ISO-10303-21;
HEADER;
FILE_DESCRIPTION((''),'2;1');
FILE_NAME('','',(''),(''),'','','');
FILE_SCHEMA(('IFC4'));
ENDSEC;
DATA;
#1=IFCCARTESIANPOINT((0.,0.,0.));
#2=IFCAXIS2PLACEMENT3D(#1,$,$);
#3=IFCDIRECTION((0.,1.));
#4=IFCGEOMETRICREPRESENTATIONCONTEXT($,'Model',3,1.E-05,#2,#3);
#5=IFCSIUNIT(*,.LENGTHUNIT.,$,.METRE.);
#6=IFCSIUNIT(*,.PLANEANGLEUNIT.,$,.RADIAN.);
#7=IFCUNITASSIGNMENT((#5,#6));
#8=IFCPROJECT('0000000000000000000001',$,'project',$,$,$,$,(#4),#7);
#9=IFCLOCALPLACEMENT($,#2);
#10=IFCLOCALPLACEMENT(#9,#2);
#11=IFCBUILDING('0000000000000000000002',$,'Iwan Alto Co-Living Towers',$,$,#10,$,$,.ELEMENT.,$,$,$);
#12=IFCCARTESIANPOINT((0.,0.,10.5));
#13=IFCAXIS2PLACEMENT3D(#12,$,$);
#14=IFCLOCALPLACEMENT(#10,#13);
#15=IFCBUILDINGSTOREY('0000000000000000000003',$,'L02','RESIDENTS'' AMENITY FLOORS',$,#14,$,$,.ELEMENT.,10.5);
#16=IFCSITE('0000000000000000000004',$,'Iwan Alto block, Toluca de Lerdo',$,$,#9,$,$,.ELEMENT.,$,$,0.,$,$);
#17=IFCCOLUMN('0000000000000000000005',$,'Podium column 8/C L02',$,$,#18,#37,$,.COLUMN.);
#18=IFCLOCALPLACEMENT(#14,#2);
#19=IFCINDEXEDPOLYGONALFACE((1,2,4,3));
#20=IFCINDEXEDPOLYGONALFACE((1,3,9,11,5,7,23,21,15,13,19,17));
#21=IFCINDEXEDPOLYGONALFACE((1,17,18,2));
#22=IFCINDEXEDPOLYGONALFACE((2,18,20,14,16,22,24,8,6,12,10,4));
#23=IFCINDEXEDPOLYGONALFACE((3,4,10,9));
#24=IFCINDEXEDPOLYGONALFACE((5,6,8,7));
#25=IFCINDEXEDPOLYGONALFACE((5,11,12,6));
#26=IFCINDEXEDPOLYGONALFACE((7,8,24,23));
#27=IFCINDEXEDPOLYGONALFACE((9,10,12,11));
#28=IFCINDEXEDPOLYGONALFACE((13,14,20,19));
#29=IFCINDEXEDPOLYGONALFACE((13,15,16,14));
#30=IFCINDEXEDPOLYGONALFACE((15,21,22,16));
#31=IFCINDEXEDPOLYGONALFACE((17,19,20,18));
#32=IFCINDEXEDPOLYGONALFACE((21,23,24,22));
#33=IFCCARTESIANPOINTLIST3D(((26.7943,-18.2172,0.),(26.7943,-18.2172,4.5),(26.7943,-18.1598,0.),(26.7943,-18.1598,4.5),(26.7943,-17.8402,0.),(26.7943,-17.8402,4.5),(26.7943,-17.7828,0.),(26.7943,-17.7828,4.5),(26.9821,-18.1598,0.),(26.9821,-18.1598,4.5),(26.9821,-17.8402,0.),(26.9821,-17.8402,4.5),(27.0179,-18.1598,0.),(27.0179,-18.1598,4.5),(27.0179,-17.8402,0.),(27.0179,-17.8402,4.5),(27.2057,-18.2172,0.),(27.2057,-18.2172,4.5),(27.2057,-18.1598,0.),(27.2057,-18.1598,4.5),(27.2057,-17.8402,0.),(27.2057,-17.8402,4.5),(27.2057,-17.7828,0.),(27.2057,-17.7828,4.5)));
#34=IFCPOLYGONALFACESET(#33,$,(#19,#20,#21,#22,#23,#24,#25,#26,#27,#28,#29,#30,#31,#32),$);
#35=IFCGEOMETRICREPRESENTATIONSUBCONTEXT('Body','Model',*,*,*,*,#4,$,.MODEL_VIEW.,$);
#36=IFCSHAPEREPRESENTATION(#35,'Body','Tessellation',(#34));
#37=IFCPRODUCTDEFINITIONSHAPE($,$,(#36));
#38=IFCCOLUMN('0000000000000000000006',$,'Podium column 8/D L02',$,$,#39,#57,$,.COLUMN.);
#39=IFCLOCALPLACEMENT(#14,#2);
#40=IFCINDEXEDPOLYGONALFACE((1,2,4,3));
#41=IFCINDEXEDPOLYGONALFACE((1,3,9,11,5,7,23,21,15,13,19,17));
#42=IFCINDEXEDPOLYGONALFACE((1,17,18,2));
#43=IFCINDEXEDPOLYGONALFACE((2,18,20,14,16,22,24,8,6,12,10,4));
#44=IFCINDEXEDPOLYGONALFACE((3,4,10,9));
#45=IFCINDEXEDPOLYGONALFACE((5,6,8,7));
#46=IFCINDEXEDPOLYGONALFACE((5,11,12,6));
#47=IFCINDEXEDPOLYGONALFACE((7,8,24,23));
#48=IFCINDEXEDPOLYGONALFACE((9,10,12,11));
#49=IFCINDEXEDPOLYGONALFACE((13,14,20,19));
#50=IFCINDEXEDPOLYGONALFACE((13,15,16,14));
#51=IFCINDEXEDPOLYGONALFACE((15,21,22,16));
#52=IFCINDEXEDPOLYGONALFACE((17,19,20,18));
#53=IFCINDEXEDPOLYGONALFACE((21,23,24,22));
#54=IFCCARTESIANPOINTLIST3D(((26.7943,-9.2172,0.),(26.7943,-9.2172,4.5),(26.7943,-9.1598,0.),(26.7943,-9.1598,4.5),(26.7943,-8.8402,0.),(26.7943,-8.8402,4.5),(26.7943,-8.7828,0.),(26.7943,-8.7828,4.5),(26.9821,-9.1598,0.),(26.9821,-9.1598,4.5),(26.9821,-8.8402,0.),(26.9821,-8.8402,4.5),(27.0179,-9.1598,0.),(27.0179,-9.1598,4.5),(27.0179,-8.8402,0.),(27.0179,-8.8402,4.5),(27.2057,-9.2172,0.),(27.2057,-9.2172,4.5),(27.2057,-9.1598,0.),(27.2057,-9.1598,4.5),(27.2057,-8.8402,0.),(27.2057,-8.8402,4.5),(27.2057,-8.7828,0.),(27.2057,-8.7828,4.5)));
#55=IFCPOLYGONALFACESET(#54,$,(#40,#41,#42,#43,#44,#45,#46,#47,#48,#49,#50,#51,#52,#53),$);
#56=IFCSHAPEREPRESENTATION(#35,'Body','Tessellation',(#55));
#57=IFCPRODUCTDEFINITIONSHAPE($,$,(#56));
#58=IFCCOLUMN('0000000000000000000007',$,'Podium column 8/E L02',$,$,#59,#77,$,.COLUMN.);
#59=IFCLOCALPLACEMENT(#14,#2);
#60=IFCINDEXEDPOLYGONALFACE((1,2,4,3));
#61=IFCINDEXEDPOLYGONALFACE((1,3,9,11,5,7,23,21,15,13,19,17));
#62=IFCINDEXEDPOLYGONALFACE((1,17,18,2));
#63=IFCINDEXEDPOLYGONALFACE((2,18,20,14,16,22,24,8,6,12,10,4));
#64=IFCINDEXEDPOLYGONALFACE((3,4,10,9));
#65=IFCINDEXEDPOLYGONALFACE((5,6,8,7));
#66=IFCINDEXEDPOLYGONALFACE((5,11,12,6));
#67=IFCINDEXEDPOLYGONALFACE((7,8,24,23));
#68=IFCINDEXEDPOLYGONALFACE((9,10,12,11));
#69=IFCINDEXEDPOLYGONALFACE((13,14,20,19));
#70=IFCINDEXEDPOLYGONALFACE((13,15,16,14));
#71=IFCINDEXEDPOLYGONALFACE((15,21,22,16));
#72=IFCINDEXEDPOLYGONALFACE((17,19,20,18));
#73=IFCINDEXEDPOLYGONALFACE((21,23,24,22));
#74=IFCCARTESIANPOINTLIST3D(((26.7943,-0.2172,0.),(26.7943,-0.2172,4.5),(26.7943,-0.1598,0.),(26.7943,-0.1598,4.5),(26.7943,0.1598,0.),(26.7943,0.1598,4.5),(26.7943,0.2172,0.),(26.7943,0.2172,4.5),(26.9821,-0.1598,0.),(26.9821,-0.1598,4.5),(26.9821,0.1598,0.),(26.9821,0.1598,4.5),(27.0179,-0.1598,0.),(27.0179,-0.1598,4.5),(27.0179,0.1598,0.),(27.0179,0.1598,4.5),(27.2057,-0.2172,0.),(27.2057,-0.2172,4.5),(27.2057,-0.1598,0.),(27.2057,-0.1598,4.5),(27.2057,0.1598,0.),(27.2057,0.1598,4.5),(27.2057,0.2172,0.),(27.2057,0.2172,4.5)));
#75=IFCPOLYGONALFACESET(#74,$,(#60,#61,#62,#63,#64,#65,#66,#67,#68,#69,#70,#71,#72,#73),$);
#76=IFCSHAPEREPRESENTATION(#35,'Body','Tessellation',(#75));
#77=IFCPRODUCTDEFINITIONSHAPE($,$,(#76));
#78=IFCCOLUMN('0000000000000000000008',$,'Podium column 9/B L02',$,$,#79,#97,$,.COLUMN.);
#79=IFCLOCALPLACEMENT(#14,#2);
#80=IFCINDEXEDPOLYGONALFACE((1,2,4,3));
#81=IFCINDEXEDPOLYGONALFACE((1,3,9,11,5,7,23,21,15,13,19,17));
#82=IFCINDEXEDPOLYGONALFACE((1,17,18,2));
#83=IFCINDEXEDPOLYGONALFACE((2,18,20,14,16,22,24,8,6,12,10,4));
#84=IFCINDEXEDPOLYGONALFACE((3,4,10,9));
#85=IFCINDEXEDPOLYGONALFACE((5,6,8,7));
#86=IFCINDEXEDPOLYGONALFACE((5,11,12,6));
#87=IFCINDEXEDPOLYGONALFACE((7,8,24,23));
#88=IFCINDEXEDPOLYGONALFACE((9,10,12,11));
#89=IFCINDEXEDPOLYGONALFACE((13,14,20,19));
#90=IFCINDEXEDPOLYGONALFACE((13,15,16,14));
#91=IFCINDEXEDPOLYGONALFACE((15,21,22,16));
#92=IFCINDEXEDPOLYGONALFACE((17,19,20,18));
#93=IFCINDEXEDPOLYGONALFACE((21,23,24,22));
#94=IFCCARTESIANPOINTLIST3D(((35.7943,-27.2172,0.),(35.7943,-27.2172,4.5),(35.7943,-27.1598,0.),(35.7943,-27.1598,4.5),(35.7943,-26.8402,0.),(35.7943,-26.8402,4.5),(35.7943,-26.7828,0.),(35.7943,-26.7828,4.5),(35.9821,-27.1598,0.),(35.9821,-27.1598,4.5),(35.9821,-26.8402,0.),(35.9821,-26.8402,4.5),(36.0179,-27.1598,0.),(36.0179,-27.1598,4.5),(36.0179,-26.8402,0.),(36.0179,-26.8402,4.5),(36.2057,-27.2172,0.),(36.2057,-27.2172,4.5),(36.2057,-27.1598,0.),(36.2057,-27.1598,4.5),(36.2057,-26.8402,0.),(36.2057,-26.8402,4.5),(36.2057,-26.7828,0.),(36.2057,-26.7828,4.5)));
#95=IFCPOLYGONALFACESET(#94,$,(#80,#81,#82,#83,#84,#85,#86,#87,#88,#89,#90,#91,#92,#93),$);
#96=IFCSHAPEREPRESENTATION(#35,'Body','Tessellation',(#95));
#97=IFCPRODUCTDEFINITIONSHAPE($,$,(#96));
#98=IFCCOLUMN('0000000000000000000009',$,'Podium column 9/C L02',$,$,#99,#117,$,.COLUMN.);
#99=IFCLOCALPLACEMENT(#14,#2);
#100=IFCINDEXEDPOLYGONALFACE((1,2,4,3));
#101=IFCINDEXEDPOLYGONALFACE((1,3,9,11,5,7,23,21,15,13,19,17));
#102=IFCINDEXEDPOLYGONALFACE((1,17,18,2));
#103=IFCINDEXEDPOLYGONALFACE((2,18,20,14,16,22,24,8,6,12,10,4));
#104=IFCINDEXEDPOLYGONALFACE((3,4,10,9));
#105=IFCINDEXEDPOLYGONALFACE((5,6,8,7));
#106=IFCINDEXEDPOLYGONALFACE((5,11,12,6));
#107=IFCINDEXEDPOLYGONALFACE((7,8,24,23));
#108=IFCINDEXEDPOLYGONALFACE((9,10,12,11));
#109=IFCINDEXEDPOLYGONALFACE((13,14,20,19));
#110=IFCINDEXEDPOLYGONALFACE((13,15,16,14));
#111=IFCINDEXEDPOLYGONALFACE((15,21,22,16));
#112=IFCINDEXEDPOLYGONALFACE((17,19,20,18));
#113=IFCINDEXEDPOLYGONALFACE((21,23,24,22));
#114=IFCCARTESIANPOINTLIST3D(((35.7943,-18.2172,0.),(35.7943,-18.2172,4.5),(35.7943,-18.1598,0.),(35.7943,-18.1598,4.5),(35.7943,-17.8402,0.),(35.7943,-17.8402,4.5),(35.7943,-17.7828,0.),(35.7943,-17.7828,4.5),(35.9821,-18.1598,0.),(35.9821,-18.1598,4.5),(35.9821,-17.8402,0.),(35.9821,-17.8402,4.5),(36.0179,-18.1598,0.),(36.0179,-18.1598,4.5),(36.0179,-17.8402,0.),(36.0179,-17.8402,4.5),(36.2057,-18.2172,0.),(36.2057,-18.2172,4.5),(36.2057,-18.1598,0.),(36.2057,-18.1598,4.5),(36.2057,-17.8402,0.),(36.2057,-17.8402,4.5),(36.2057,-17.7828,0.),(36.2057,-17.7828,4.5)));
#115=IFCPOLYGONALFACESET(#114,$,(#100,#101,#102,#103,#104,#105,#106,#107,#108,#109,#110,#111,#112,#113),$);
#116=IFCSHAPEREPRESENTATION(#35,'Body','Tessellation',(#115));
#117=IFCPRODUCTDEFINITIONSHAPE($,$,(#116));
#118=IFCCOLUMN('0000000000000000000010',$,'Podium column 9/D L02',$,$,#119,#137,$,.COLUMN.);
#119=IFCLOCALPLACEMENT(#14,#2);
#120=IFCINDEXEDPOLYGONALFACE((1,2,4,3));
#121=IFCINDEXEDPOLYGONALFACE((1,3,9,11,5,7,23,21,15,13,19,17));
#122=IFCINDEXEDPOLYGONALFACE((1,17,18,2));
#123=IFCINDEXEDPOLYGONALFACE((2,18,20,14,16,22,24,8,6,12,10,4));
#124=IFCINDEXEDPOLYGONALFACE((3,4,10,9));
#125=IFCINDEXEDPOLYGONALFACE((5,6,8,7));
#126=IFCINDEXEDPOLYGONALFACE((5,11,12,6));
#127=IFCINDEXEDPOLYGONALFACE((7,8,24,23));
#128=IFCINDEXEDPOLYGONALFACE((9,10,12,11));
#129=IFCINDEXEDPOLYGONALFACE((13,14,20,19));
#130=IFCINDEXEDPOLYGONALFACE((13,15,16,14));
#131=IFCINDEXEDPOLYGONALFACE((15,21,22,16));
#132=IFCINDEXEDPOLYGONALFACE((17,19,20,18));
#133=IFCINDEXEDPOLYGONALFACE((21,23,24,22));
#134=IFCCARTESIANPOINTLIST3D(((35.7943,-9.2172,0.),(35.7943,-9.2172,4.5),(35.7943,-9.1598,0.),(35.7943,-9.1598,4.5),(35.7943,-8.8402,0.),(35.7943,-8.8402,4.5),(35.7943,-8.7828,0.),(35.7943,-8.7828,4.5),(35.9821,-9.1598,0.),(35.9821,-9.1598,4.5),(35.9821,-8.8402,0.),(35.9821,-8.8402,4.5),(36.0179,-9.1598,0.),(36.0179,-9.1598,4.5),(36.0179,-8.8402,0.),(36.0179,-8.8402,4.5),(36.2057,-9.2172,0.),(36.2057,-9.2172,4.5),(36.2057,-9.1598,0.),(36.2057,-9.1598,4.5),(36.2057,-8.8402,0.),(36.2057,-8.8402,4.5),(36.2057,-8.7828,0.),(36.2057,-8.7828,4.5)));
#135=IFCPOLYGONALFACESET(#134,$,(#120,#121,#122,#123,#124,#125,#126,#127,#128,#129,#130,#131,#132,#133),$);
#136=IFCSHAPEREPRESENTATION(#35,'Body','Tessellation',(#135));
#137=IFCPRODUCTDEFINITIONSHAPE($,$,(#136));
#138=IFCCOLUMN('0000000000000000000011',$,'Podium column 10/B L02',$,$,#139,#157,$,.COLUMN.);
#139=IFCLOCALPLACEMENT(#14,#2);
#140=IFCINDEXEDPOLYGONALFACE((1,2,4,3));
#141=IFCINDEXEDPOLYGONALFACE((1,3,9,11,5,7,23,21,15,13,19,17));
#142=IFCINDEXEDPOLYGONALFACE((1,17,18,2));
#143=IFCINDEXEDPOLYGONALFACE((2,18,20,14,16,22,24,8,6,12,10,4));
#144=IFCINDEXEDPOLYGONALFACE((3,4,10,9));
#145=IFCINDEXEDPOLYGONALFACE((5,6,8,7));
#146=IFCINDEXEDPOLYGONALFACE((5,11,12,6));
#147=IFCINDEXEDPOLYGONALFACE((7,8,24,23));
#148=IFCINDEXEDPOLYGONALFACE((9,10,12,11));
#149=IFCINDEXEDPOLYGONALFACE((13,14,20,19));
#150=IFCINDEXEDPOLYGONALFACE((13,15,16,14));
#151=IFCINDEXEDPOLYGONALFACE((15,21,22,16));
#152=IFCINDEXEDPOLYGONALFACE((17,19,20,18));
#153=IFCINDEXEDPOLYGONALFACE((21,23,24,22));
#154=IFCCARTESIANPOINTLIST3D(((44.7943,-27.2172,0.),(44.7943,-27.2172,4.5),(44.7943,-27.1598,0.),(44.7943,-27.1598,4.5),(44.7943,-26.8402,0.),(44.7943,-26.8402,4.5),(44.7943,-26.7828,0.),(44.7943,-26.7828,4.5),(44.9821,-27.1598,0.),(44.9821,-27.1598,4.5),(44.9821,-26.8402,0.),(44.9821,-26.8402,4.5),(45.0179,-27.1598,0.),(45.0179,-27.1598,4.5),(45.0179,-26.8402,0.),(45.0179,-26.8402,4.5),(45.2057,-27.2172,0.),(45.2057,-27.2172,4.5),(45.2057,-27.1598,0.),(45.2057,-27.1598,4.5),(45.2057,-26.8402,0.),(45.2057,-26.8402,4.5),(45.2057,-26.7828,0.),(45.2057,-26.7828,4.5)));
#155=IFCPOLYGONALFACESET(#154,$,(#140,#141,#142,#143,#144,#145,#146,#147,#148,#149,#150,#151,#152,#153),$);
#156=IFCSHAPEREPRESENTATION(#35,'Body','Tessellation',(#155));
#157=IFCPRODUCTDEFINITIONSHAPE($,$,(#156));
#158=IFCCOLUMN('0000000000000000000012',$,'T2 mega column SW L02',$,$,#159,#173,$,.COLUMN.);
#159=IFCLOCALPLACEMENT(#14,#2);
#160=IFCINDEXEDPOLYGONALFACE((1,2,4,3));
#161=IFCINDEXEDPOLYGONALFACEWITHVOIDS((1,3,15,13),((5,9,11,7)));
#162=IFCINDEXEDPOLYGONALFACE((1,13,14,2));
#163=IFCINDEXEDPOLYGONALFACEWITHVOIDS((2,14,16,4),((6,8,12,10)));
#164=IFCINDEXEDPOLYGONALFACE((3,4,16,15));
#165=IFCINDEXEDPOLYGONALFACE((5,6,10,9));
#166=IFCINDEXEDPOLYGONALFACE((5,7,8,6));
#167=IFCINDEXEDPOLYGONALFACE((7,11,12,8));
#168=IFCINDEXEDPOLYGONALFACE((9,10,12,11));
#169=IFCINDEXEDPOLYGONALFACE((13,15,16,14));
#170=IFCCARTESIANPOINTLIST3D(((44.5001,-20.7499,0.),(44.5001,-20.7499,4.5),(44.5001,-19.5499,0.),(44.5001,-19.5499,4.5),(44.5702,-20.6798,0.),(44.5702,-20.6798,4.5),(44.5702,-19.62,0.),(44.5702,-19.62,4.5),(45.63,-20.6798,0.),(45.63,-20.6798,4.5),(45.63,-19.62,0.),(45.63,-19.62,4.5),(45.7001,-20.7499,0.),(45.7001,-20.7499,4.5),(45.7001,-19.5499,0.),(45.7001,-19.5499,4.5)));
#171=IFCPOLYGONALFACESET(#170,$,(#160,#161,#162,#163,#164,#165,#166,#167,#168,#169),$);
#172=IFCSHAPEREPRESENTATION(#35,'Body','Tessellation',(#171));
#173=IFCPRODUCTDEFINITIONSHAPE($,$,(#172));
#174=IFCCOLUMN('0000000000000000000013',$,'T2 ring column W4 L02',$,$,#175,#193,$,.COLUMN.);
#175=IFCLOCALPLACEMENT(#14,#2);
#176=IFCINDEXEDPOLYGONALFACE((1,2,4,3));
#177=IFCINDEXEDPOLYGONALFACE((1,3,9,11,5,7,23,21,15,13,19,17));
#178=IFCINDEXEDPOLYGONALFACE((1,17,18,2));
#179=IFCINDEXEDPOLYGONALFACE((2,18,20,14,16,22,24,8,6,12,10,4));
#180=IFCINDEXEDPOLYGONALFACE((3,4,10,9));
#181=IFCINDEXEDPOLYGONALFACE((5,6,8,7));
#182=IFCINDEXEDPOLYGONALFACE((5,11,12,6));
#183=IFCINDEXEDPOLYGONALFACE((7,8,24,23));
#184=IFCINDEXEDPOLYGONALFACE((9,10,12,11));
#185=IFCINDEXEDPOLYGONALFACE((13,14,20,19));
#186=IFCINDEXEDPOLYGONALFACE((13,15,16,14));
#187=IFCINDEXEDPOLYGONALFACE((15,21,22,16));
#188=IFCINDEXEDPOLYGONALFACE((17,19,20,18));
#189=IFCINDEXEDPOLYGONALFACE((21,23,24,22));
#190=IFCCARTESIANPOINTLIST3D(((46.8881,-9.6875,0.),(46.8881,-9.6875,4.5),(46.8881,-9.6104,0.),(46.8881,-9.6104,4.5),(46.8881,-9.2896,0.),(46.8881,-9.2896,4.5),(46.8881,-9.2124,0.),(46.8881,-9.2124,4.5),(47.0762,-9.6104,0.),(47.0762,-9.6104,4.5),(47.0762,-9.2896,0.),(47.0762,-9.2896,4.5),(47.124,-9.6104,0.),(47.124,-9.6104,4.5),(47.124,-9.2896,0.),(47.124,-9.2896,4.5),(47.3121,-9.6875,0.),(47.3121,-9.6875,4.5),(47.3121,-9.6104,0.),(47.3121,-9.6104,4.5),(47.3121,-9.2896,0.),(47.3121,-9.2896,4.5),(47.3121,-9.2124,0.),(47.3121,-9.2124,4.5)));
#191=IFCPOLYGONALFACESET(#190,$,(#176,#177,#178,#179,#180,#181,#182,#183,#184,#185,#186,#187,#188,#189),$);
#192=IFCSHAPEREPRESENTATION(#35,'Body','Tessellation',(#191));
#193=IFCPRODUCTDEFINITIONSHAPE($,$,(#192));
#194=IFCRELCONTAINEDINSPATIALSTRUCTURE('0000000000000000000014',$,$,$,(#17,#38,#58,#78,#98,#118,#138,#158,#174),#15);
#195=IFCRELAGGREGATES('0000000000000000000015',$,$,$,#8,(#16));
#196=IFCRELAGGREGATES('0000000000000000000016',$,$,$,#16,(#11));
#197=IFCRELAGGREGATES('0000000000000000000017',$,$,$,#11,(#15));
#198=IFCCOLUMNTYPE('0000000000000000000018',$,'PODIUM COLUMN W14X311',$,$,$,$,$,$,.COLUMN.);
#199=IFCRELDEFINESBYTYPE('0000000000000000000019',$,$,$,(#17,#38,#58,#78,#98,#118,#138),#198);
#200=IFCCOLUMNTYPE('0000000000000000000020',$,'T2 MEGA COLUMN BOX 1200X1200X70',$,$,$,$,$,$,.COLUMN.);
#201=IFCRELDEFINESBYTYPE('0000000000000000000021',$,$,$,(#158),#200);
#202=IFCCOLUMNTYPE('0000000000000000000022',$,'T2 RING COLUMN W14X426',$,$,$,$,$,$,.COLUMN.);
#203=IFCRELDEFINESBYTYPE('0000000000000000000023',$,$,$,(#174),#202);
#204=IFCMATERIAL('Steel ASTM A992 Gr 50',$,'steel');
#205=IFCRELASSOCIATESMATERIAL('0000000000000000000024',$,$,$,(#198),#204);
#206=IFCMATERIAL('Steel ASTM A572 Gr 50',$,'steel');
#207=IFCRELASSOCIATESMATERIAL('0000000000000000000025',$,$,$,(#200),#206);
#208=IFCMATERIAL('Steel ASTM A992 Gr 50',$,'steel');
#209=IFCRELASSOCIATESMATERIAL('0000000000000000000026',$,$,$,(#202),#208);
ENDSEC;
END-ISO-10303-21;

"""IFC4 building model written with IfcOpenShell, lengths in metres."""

from ifc_helpers import new_model, si_unit, direction, frame, origin, origin_2d, place, context, subcontext, project, spatial, hollow_rectangle, i_section, extrude, material, material_profile, profile_set, type_object, element, save


model = new_model("IFC4")

# Units and contexts
model_context = context("Model", 3, precision=1e-05, world=origin(), true_north=direction((0.0, 1.0)))
body_context = subcontext(model_context, "Body", "Model", "MODEL_VIEW")
ifc_project = project(units=[si_unit("LENGTHUNIT", "METRE"), si_unit("PLANEANGLEUNIT", "RADIAN")], contexts=[model_context])

# Site, building, storey
site_placement = place(None, origin())
site = spatial("IfcSite", under=ifc_project, at=site_placement, Name="Iwan Alto block, Toluca de Lerdo", CompositionType="ELEMENT", RefElevation=0.0)
building_placement = place(site_placement, origin())
building = spatial("IfcBuilding", under=site, at=building_placement, Name="Iwan Alto Co-Living Towers", CompositionType="ELEMENT")
storey_placement = place(building_placement, frame((0.0, 0.0, 10.5)))
storey = spatial("IfcBuildingStorey", under=building, at=storey_placement, Name="L02", Description="RESIDENTS' AMENITY FLOORS", CompositionType="ELEMENT", Elevation=10.5)

# Columns
ifc_material_1 = material(Name="Steel ASTM A992 Gr 50", Category="steel")
ifc_material_profile_1 = material_profile(ifc_material_1, i_section(OverallWidth=0.4114, OverallDepth=0.4343, WebThickness=0.0359, FlangeThickness=0.0574, at=origin_2d()), Name="W14X311")
ifc_profile_set_1 = profile_set([ifc_material_profile_1], Name="Steel ASTM A992 Gr 50")
column_type_1 = type_object("IfcColumnType", Name="PODIUM COLUMN W14X311", PredefinedType="COLUMN", material=ifc_profile_set_1)
for number, where, z_axis, x_axis, name in (
    (1, (27.0, -18.0, 0.0), (0.0, 0.0, 1.0), (1.0, 0.0, 0.0), "Podium column 8/C L02"),
    (2, (27.0, -9.0, 0.0), (0.0, 0.0, 1.0), (1.0, 0.0, 0.0), "Podium column 8/D L02"),
    (3, (27.0, 0.0, 0.0), (0.0, 0.0, 1.0), (1.0, 0.0, 0.0), "Podium column 8/E L02"),
    (4, (36.0, -27.0, 0.0), (0.0, 0.0, 1.0), (1.0, 0.0, 0.0), "Podium column 9/B L02"),
    (5, (36.0, -18.0, 0.0), (0.0, 0.0, 1.0), (1.0, 0.0, 0.0), "Podium column 9/C L02"),
    (6, (36.0, -9.0, 0.0), (0.0, 0.0, 1.0), (1.0, 0.0, 0.0), "Podium column 9/D L02"),
    (7, (45.0, -27.0, 0.0), (0.0, 0.0, 1.0), (1.0, 0.0, 0.0), "Podium column 10/B L02"),
):
    element("IfcColumn", number, at=place(storey_placement, frame(where, z_axis=z_axis, x_axis=x_axis)), inside=storey, type_object=column_type_1, Name=name, PredefinedType="COLUMN", context=body_context, shape_type="SweptSolid", body=[
        extrude(i_section(OverallWidth=0.4114, OverallDepth=0.4343, WebThickness=0.0359, FlangeThickness=0.0574, at=origin_2d()), origin(), (0.0, 0.0, 1.0), 4.5),
    ])
ifc_material_2 = material(Name="Steel ASTM A572 Gr 50", Category="steel")
ifc_material_profile_2 = material_profile(ifc_material_2, hollow_rectangle(XDim=1.2, YDim=1.2, WallThickness=0.0701, at=origin_2d()), Name="BOX 1200X1200X70")
ifc_profile_set_2 = profile_set([ifc_material_profile_2], Name="Steel ASTM A572 Gr 50")
column_type_2 = type_object("IfcColumnType", Name="T2 MEGA COLUMN BOX 1200X1200X70", PredefinedType="COLUMN", material=ifc_profile_set_2)
column_1_placement = place(storey_placement, frame((45.1001, -20.1499, 0.0), z_axis=(0.0, 0.0, 1.0), x_axis=(1.0, 0.0, 0.0)))
element("IfcColumn", 8, at=column_1_placement, inside=storey, type_object=column_type_2, Name="T2 mega column SW L02", PredefinedType="COLUMN", context=body_context, shape_type="SweptSolid", body=[
    extrude(hollow_rectangle(XDim=1.2, YDim=1.2, WallThickness=0.0701, at=origin_2d()), origin(), (0.0, 0.0, 1.0), 4.5),
])
ifc_material_3 = material(Name="Steel ASTM A992 Gr 50", Category="steel")
ifc_material_profile_3 = material_profile(ifc_material_3, i_section(OverallWidth=0.4241, OverallDepth=0.4751, WebThickness=0.0479, FlangeThickness=0.0771, at=origin_2d()), Name="W14X426")
ifc_profile_set_3 = profile_set([ifc_material_profile_3], Name="Steel ASTM A992 Gr 50")
column_type_3 = type_object("IfcColumnType", Name="T2 RING COLUMN W14X426", PredefinedType="COLUMN", material=ifc_profile_set_3)
column_2_placement = place(storey_placement, frame((47.1001, -9.45, 0.0), z_axis=(0.0, 0.0, 1.0), x_axis=(1.0, 0.0, 0.0)))
element("IfcColumn", 9, at=column_2_placement, inside=storey, type_object=column_type_3, Name="T2 ring column W4 L02", PredefinedType="COLUMN", context=body_context, shape_type="SweptSolid", body=[
    extrude(i_section(OverallWidth=0.4241, OverallDepth=0.4751, WebThickness=0.0479, FlangeThickness=0.0771, at=origin_2d()), origin(), (0.0, 0.0, 1.0), 4.5),
])

save(model, "model.ifc")
